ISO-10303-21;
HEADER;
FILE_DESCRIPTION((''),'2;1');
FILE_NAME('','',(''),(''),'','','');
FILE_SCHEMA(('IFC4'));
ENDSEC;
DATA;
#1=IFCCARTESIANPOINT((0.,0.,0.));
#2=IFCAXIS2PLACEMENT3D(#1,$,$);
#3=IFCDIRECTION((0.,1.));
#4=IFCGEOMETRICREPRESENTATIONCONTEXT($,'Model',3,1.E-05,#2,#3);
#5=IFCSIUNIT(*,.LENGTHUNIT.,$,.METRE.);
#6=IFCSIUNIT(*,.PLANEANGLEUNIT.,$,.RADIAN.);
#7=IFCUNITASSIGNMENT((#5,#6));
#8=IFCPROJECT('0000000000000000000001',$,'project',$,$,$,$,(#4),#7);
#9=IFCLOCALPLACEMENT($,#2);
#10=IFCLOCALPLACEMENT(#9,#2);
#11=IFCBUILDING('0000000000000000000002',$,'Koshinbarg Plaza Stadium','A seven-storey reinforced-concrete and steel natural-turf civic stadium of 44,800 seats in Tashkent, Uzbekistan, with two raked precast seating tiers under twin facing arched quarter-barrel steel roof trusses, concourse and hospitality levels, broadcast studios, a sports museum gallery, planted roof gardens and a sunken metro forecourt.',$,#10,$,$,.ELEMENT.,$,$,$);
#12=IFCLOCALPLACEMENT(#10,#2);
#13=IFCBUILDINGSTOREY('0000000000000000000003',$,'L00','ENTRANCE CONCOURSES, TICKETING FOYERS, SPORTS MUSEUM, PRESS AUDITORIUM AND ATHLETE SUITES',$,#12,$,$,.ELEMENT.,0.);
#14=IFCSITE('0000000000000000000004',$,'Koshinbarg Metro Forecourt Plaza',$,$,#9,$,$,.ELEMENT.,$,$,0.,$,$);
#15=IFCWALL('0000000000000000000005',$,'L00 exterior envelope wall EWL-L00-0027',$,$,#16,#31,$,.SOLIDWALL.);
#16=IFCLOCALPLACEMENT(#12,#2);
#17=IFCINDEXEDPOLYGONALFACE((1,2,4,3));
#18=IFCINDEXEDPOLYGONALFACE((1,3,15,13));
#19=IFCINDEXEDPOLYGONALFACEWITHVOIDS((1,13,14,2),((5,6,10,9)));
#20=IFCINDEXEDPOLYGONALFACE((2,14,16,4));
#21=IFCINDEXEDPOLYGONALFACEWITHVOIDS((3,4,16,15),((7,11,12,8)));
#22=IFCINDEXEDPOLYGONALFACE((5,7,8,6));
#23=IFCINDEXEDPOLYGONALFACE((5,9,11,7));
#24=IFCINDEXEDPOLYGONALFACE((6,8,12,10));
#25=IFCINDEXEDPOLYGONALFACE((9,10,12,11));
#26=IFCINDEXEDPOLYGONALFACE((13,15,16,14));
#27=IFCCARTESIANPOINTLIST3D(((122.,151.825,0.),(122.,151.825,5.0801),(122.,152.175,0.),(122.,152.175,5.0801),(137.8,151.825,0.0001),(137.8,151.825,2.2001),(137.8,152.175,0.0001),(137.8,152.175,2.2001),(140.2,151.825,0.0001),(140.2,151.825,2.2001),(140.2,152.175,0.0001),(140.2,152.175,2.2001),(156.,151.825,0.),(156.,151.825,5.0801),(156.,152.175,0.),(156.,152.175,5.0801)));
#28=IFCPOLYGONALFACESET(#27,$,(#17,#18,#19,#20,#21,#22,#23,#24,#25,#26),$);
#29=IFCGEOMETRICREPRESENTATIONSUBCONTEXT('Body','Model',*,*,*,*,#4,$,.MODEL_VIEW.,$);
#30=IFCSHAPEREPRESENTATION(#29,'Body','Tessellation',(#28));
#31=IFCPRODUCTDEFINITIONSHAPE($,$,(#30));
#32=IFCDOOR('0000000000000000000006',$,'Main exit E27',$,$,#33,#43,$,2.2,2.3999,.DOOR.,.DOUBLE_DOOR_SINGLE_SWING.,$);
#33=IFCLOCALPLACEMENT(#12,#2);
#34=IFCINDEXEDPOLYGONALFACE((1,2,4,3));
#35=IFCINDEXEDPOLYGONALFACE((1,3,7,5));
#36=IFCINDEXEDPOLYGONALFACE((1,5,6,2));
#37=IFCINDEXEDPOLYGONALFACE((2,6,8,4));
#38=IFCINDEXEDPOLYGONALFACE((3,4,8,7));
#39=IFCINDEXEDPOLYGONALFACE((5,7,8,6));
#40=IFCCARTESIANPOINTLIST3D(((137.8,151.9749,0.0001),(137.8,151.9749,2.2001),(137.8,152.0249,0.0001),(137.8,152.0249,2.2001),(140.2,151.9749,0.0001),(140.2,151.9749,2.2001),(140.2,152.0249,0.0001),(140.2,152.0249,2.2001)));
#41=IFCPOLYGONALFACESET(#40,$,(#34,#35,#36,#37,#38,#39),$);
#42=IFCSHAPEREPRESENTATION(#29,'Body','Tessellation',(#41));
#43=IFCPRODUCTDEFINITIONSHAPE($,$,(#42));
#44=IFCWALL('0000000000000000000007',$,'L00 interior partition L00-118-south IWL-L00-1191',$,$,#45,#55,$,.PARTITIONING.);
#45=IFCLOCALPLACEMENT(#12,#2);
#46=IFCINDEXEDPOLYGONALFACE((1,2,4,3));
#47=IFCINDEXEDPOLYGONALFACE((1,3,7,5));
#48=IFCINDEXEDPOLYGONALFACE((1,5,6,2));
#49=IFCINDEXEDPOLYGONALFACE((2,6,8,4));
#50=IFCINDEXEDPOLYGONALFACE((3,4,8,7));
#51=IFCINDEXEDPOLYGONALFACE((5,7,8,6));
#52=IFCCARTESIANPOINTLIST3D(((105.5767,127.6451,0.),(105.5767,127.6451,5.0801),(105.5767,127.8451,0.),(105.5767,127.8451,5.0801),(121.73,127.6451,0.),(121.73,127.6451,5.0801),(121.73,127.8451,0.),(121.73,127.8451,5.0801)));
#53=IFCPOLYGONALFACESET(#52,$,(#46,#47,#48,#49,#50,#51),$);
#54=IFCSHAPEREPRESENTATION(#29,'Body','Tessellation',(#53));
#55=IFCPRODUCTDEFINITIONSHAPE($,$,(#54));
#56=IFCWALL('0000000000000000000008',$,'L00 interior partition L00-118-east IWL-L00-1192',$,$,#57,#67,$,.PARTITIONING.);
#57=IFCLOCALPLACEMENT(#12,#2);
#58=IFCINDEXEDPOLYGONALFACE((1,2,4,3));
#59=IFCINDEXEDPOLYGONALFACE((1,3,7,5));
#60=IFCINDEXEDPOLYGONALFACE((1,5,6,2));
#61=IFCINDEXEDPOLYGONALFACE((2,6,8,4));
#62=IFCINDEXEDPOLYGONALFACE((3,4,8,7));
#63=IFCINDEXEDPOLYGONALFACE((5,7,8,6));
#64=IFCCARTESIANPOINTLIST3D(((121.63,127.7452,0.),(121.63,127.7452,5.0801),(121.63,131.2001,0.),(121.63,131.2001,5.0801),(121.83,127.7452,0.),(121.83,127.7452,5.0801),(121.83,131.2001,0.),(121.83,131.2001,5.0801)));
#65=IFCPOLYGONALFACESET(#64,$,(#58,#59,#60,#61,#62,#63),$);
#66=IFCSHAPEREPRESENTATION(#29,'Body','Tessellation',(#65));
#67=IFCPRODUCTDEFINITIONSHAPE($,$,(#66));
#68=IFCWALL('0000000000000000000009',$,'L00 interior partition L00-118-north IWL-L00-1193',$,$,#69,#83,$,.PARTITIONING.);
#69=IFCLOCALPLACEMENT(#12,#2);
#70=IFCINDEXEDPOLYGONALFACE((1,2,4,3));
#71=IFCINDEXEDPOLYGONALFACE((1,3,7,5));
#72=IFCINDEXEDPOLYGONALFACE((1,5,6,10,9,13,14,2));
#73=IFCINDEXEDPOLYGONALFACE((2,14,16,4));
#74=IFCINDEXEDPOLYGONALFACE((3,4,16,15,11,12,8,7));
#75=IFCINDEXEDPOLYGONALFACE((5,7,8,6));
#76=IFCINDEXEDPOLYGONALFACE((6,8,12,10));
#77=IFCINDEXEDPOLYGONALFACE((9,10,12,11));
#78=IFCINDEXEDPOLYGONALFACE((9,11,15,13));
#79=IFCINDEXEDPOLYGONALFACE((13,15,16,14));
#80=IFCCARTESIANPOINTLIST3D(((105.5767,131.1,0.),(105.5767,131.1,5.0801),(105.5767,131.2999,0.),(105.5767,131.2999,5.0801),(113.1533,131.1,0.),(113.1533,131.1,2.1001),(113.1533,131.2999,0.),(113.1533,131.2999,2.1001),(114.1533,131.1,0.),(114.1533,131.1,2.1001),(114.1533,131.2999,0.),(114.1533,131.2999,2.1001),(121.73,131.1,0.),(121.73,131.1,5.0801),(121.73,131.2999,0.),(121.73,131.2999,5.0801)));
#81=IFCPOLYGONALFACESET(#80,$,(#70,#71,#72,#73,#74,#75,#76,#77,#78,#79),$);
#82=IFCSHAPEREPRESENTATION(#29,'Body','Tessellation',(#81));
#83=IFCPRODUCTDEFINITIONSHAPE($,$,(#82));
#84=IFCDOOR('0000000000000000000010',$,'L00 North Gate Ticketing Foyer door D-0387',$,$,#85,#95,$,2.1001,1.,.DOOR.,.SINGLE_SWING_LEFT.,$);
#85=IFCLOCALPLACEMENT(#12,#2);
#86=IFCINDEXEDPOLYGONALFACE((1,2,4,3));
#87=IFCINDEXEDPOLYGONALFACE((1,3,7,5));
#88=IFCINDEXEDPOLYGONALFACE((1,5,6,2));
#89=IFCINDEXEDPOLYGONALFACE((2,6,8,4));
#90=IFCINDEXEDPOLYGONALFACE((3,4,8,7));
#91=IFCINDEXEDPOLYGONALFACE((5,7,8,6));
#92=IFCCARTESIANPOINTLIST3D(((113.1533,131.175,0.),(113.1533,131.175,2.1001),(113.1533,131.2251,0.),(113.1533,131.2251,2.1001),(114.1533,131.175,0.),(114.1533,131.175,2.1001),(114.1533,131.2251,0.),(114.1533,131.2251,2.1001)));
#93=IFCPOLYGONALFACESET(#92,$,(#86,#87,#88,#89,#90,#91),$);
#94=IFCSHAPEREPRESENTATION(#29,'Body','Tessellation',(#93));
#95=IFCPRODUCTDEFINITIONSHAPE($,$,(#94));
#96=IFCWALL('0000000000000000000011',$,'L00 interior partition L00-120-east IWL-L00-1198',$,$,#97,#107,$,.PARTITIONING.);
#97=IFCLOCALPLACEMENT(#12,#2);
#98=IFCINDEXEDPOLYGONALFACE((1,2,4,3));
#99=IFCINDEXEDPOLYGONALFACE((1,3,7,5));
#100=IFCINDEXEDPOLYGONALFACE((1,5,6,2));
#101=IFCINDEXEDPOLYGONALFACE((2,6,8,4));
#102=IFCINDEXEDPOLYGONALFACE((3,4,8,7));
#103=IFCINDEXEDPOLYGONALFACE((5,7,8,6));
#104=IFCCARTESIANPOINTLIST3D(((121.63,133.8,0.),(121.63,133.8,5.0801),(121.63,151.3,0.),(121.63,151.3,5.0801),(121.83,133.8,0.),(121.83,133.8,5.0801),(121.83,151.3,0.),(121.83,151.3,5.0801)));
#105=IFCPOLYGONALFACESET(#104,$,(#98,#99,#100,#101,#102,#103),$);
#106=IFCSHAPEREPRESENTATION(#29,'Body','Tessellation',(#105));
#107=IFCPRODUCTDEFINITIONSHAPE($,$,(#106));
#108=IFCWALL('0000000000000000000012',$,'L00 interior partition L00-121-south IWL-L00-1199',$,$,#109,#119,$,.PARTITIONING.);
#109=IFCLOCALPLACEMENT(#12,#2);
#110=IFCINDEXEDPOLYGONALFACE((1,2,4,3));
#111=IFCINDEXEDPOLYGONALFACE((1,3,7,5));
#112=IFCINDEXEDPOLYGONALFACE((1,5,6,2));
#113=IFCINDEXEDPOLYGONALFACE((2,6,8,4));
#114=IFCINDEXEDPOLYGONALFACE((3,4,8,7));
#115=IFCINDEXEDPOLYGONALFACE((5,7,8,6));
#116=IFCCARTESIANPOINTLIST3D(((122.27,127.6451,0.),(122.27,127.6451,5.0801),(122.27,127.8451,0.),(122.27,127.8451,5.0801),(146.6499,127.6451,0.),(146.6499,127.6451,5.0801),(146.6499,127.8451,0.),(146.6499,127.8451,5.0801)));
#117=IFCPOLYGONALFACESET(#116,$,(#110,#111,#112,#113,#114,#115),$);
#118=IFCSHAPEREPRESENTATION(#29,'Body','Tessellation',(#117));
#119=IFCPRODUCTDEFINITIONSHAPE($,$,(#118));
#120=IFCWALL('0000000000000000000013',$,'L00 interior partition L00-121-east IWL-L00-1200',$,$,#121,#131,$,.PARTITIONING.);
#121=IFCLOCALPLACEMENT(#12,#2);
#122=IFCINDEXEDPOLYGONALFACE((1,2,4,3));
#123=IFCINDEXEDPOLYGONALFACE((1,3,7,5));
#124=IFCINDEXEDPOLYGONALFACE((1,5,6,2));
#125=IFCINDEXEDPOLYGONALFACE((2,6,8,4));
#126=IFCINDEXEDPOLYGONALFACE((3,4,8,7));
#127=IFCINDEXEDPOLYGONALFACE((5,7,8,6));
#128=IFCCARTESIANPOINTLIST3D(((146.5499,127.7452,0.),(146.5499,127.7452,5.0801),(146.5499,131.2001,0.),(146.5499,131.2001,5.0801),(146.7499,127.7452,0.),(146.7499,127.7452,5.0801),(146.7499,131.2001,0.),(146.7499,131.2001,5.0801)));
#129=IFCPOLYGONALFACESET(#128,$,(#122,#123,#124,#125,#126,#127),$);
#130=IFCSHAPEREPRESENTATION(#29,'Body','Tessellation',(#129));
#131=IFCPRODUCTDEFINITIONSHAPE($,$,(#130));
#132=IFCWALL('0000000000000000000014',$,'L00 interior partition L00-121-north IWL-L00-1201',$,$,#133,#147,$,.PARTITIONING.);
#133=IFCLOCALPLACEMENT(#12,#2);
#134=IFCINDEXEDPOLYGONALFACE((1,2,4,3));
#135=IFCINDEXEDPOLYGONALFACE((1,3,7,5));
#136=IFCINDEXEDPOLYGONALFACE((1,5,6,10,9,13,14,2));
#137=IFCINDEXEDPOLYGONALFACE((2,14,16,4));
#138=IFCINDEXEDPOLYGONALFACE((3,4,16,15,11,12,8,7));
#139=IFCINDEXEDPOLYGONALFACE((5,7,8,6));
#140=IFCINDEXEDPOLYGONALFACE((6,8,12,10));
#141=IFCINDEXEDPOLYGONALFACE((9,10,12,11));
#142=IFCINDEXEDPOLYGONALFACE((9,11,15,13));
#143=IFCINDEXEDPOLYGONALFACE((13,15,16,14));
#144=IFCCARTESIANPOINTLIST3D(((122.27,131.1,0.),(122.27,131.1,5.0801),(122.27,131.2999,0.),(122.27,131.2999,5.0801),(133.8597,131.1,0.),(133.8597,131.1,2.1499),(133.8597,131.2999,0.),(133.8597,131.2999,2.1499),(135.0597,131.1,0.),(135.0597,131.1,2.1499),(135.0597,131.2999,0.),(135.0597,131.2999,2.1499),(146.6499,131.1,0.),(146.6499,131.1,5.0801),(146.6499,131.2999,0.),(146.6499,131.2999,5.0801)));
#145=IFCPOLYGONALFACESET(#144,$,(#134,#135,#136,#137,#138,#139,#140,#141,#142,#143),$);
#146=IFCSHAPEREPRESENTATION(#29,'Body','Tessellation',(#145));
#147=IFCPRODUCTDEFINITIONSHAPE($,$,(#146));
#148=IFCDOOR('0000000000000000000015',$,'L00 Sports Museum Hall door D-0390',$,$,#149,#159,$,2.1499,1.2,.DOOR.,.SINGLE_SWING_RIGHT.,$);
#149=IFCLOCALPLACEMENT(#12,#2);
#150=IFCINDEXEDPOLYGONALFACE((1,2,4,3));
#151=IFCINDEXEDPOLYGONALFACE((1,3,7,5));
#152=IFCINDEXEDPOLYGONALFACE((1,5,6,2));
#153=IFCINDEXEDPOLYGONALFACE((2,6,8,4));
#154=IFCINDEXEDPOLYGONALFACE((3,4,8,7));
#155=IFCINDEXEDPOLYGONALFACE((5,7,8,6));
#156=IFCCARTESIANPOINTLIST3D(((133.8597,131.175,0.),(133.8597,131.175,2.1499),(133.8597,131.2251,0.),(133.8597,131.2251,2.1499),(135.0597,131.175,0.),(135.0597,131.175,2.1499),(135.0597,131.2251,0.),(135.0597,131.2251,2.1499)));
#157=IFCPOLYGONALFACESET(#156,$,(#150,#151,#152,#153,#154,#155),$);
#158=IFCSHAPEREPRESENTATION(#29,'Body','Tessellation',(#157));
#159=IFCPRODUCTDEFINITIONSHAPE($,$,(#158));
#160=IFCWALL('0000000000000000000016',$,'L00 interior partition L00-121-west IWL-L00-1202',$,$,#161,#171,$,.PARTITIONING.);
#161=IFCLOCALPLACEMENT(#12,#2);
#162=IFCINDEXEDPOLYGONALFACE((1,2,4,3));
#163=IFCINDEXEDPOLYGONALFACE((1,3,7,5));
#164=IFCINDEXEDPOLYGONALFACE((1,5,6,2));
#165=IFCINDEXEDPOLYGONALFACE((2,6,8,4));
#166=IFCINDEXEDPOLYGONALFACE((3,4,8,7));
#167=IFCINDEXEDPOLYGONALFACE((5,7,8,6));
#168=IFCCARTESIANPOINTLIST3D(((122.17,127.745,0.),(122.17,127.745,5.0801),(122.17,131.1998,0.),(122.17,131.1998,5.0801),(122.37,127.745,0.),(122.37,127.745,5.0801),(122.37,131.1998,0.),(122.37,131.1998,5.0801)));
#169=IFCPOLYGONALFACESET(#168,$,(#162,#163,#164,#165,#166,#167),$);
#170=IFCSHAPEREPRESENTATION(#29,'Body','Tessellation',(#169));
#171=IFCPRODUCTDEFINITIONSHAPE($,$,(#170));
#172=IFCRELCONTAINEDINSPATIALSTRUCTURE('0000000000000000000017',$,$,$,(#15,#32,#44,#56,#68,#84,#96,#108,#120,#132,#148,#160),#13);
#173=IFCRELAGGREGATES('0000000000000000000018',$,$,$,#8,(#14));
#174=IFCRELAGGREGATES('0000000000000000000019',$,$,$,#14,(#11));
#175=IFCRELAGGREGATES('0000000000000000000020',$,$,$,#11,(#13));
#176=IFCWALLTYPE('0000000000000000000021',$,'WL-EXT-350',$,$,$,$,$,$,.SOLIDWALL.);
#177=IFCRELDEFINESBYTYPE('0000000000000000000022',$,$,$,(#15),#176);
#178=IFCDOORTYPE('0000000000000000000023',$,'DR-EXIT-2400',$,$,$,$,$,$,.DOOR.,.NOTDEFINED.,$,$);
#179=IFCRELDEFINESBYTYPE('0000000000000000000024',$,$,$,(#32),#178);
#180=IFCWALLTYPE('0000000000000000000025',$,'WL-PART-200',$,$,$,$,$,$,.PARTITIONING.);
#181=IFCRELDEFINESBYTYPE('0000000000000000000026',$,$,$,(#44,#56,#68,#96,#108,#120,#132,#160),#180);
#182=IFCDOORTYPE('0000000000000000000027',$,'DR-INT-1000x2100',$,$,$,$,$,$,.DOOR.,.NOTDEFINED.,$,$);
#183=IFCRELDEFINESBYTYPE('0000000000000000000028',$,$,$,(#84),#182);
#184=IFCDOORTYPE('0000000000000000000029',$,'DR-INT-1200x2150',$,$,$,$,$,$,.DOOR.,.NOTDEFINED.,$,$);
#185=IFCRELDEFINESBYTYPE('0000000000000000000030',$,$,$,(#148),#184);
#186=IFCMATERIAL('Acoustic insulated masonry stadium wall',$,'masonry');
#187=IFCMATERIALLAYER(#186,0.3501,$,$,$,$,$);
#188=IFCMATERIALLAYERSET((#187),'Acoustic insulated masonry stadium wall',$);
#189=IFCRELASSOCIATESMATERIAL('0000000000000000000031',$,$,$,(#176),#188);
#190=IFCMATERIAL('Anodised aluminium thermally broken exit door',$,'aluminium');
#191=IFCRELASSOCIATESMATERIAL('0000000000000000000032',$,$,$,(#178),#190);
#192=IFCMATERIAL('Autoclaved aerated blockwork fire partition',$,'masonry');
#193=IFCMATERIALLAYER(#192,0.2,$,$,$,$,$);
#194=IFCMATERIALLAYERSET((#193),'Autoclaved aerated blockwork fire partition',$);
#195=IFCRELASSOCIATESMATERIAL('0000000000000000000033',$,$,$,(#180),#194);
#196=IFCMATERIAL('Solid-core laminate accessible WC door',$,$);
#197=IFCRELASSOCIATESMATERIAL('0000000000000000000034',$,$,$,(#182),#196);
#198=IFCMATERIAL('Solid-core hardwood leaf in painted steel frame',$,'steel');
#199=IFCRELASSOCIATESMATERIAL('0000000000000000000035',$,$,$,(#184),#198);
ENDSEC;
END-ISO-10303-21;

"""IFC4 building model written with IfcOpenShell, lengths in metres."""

from ifc_helpers import new_model, si_unit, direction, frame, frame_2d, origin, place, context, subcontext, project, spatial, rectangle, extrude, material, layer, layer_set, type_object, element, fill, save


model = new_model("IFC4")

# Units and contexts
model_context = context("Model", 3, precision=1e-05, world=origin(), true_north=direction((0.0, 1.0)))
body_context = subcontext(model_context, "Body", "Model", "MODEL_VIEW")
ifc_project = project(units=[si_unit("LENGTHUNIT", "METRE"), si_unit("PLANEANGLEUNIT", "RADIAN")], contexts=[model_context])

# Site, building, storey
site_placement = place(None, origin())
site = spatial("IfcSite", under=ifc_project, at=site_placement, Name="Koshinbarg Metro Forecourt Plaza", CompositionType="ELEMENT", RefElevation=0.0)
building_placement = place(site_placement, origin())
building = spatial("IfcBuilding", under=site, at=building_placement, Name="Koshinbarg Plaza Stadium", Description="A seven-storey reinforced-concrete and steel natural-turf civic stadium of 44,800 seats in Tashkent, Uzbekistan, with two raked precast seating tiers under twin facing arched quarter-barrel steel roof trusses, concourse and hospitality levels, broadcast studios, a sports museum gallery, planted roof gardens and a sunken metro forecourt.", CompositionType="ELEMENT")
storey_placement = place(building_placement, origin())
storey = spatial("IfcBuildingStorey", under=building, at=storey_placement, Name="L00", Description="ENTRANCE CONCOURSES, TICKETING FOYERS, SPORTS MUSEUM, PRESS AUDITORIUM AND ATHLETE SUITES", CompositionType="ELEMENT", Elevation=0.0)

# Wall, opening, door
ifc_material_1 = material(Name="Acoustic insulated masonry stadium wall", Category="masonry")
ifc_layer_1 = layer(ifc_material_1, 0.3501)
ifc_layer_set_1 = layer_set([ifc_layer_1], Name="Acoustic insulated masonry stadium wall")
wall_type_1 = type_object("IfcWallType", Name="WL-EXT-350", PredefinedType="SOLIDWALL", material=ifc_layer_set_1)
wall_1_placement = place(storey_placement, frame((122.0, 152.0, 0.0), z_axis=(0.0, 0.0, 1.0), x_axis=(1.0, 0.0, 0.0)))
wall_1 = element("IfcWall", 1, at=wall_1_placement, inside=storey, type_object=wall_type_1, Name="L00 exterior envelope wall EWL-L00-0027", PredefinedType="SOLIDWALL", context=body_context, shape_type="SweptSolid", body=[
    extrude(rectangle(XDim=34.0, YDim=0.3501, at=frame_2d((17.0, 0.0))), origin(), (0.0, 0.0, 1.0), 5.0801),
])
opening_1_placement = place(wall_1_placement, frame((15.8, 0.0, 0.0)))
opening_1 = element("IfcOpeningElement", 2, at=opening_1_placement, cuts=wall_1, PredefinedType="OPENING", context=body_context, shape_type="SweptSolid", body=[
    extrude(rectangle(XDim=2.3999, YDim=2.2, at=frame_2d((1.2, 1.1001))), frame((0.0, 0.1851, 0.0), z_axis=(0.0, -1.0, 0.0), x_axis=(1.0, 0.0, 0.0)), (0.0, 0.0, 1.0), 0.3701),
])
ifc_material_2 = material(Name="Anodised aluminium thermally broken exit door", Category="aluminium")
door_type_1 = type_object("IfcDoorType", Name="DR-EXIT-2400", OperationType="NOTDEFINED", PredefinedType="DOOR", material=ifc_material_2)
door_1_placement = place(opening_1_placement, origin())
door_1 = element("IfcDoor", 3, at=door_1_placement, inside=storey, type_object=door_type_1, Name="Main exit E27", OperationType="DOUBLE_DOOR_SINGLE_SWING", OverallHeight=2.2, OverallWidth=2.3999, PredefinedType="DOOR", context=body_context, shape_type="SweptSolid", body=[
    extrude(rectangle(XDim=2.3999, YDim=2.2, at=frame_2d((1.2, 1.1001))), frame((0.0, 0.0249, 0.0), z_axis=(0.0, -1.0, 0.0), x_axis=(1.0, 0.0, 0.0)), (0.0, 0.0, 1.0), 0.05),
])
fill(opening_1, door_1)

# Walls
ifc_material_3 = material(Name="Autoclaved aerated blockwork fire partition", Category="masonry")
ifc_layer_2 = layer(ifc_material_3, 0.2)
ifc_layer_set_2 = layer_set([ifc_layer_2], Name="Autoclaved aerated blockwork fire partition")
wall_type_2 = type_object("IfcWallType", Name="WL-PART-200", PredefinedType="PARTITIONING", material=ifc_layer_set_2)
wall_2_placement = place(storey_placement, frame((105.5767, 127.7451, 0.0), z_axis=(0.0, 0.0, 1.0), x_axis=(1.0, 0.0, 0.0)))
element("IfcWall", 4, at=wall_2_placement, inside=storey, type_object=wall_type_2, Name="L00 interior partition L00-118-south IWL-L00-1191", PredefinedType="PARTITIONING", context=body_context, shape_type="SweptSolid", body=[
    extrude(rectangle(XDim=16.1533, YDim=0.2, at=frame_2d((8.0767, 0.0))), origin(), (0.0, 0.0, 1.0), 5.0801),
])
wall_3_placement = place(storey_placement, frame((121.73, 127.7451, 0.0), z_axis=(0.0, 0.0, 1.0), x_axis=(0.0, 1.0, 0.0)))
element("IfcWall", 5, at=wall_3_placement, inside=storey, type_object=wall_type_2, Name="L00 interior partition L00-118-east IWL-L00-1192", PredefinedType="PARTITIONING", context=body_context, shape_type="SweptSolid", body=[
    extrude(rectangle(XDim=3.4548, YDim=0.2, at=frame_2d((1.7275, 0.0))), origin(), (0.0, 0.0, 1.0), 5.0801),
])

# Wall, opening, door
wall_4_placement = place(storey_placement, frame((121.73, 131.2, 0.0), z_axis=(0.0, 0.0, 1.0), x_axis=(-1.0, 0.0, 0.0)))
wall_4 = element("IfcWall", 6, at=wall_4_placement, inside=storey, type_object=wall_type_2, Name="L00 interior partition L00-118-north IWL-L00-1193", PredefinedType="PARTITIONING", context=body_context, shape_type="SweptSolid", body=[
    extrude(rectangle(XDim=16.1533, YDim=0.2, at=frame_2d((8.0767, 0.0))), origin(), (0.0, 0.0, 1.0), 5.0801),
])
opening_2_placement = place(wall_4_placement, frame((7.5767, 0.0, 0.0)))
opening_2 = element("IfcOpeningElement", 7, at=opening_2_placement, cuts=wall_4, PredefinedType="OPENING", context=body_context, shape_type="SweptSolid", body=[
    extrude(rectangle(XDim=1.0, YDim=2.1001, at=frame_2d((0.5, 1.05))), frame((0.0, 0.1099, 0.0), z_axis=(0.0, -1.0, 0.0), x_axis=(1.0, 0.0, 0.0)), (0.0, 0.0, 1.0), 0.22),
])
ifc_material_4 = material(Name="Solid-core laminate accessible WC door")
door_type_2 = type_object("IfcDoorType", Name="DR-INT-1000x2100", OperationType="NOTDEFINED", PredefinedType="DOOR", material=ifc_material_4)
door_2_placement = place(opening_2_placement, origin())
door_2 = element("IfcDoor", 8, at=door_2_placement, inside=storey, type_object=door_type_2, Name="L00 North Gate Ticketing Foyer door D-0387", OperationType="SINGLE_SWING_LEFT", OverallHeight=2.1001, OverallWidth=1.0, PredefinedType="DOOR", context=body_context, shape_type="SweptSolid", body=[
    extrude(rectangle(XDim=1.0, YDim=2.1001, at=frame_2d((0.5, 1.05))), frame((0.0, 0.0249, 0.0), z_axis=(0.0, -1.0, 0.0), x_axis=(1.0, 0.0, 0.0)), (0.0, 0.0, 1.0), 0.05),
])
fill(opening_2, door_2)

# Walls
wall_5_placement = place(storey_placement, frame((121.73, 133.8, 0.0), z_axis=(0.0, 0.0, 1.0), x_axis=(0.0, 1.0, 0.0)))
element("IfcWall", 9, at=wall_5_placement, inside=storey, type_object=wall_type_2, Name="L00 interior partition L00-120-east IWL-L00-1198", PredefinedType="PARTITIONING", context=body_context, shape_type="SweptSolid", body=[
    extrude(rectangle(XDim=17.5, YDim=0.2, at=frame_2d((8.75, 0.0))), origin(), (0.0, 0.0, 1.0), 5.0801),
])
wall_6_placement = place(storey_placement, frame((122.27, 127.7451, 0.0), z_axis=(0.0, 0.0, 1.0), x_axis=(1.0, 0.0, 0.0)))
element("IfcWall", 10, at=wall_6_placement, inside=storey, type_object=wall_type_2, Name="L00 interior partition L00-121-south IWL-L00-1199", PredefinedType="PARTITIONING", context=body_context, shape_type="SweptSolid", body=[
    extrude(rectangle(XDim=24.3799, YDim=0.2, at=frame_2d((12.1899, 0.0))), origin(), (0.0, 0.0, 1.0), 5.0801),
])
wall_7_placement = place(storey_placement, frame((146.6499, 127.7451, 0.0), z_axis=(0.0, 0.0, 1.0), x_axis=(0.0, 1.0, 0.0)))
element("IfcWall", 11, at=wall_7_placement, inside=storey, type_object=wall_type_2, Name="L00 interior partition L00-121-east IWL-L00-1200", PredefinedType="PARTITIONING", context=body_context, shape_type="SweptSolid", body=[
    extrude(rectangle(XDim=3.4548, YDim=0.2, at=frame_2d((1.7275, 0.0))), origin(), (0.0, 0.0, 1.0), 5.0801),
])

# Wall, opening, door
wall_8_placement = place(storey_placement, frame((146.6499, 131.2, 0.0), z_axis=(0.0, 0.0, 1.0), x_axis=(-1.0, 0.0, 0.0)))
wall_8 = element("IfcWall", 12, at=wall_8_placement, inside=storey, type_object=wall_type_2, Name="L00 interior partition L00-121-north IWL-L00-1201", PredefinedType="PARTITIONING", context=body_context, shape_type="SweptSolid", body=[
    extrude(rectangle(XDim=24.3799, YDim=0.2, at=frame_2d((12.1899, 0.0))), origin(), (0.0, 0.0, 1.0), 5.0801),
])
opening_3_placement = place(wall_8_placement, frame((11.5901, 0.0, 0.0)))
opening_3 = element("IfcOpeningElement", 13, at=opening_3_placement, cuts=wall_8, PredefinedType="OPENING", context=body_context, shape_type="SweptSolid", body=[
    extrude(rectangle(XDim=1.2, YDim=2.1499, at=frame_2d((0.6001, 1.075))), frame((0.0, 0.1099, 0.0), z_axis=(0.0, -1.0, 0.0), x_axis=(1.0, 0.0, 0.0)), (0.0, 0.0, 1.0), 0.22),
])
ifc_material_5 = material(Name="Solid-core hardwood leaf in painted steel frame", Category="steel")
door_type_3 = type_object("IfcDoorType", Name="DR-INT-1200x2150", OperationType="NOTDEFINED", PredefinedType="DOOR", material=ifc_material_5)
door_3_placement = place(opening_3_placement, origin())
door_3 = element("IfcDoor", 14, at=door_3_placement, inside=storey, type_object=door_type_3, Name="L00 Sports Museum Hall door D-0390", OperationType="SINGLE_SWING_RIGHT", OverallHeight=2.1499, OverallWidth=1.2, PredefinedType="DOOR", context=body_context, shape_type="SweptSolid", body=[
    extrude(rectangle(XDim=1.2, YDim=2.1499, at=frame_2d((0.6001, 1.075))), frame((0.0, 0.0249, 0.0), z_axis=(0.0, -1.0, 0.0), x_axis=(1.0, 0.0, 0.0)), (0.0, 0.0, 1.0), 0.05),
])
fill(opening_3, door_3)

# Wall
wall_9_placement = place(storey_placement, frame((122.27, 131.2, 0.0), z_axis=(0.0, 0.0, 1.0), x_axis=(0.0, -1.0, 0.0)))
element("IfcWall", 15, at=wall_9_placement, inside=storey, type_object=wall_type_2, Name="L00 interior partition L00-121-west IWL-L00-1202", PredefinedType="PARTITIONING", context=body_context, shape_type="SweptSolid", body=[
    extrude(rectangle(XDim=3.4548, YDim=0.2, at=frame_2d((1.7275, 0.0))), origin(), (0.0, 0.0, 1.0), 5.0801),
])

save(model, "model.ifc")
